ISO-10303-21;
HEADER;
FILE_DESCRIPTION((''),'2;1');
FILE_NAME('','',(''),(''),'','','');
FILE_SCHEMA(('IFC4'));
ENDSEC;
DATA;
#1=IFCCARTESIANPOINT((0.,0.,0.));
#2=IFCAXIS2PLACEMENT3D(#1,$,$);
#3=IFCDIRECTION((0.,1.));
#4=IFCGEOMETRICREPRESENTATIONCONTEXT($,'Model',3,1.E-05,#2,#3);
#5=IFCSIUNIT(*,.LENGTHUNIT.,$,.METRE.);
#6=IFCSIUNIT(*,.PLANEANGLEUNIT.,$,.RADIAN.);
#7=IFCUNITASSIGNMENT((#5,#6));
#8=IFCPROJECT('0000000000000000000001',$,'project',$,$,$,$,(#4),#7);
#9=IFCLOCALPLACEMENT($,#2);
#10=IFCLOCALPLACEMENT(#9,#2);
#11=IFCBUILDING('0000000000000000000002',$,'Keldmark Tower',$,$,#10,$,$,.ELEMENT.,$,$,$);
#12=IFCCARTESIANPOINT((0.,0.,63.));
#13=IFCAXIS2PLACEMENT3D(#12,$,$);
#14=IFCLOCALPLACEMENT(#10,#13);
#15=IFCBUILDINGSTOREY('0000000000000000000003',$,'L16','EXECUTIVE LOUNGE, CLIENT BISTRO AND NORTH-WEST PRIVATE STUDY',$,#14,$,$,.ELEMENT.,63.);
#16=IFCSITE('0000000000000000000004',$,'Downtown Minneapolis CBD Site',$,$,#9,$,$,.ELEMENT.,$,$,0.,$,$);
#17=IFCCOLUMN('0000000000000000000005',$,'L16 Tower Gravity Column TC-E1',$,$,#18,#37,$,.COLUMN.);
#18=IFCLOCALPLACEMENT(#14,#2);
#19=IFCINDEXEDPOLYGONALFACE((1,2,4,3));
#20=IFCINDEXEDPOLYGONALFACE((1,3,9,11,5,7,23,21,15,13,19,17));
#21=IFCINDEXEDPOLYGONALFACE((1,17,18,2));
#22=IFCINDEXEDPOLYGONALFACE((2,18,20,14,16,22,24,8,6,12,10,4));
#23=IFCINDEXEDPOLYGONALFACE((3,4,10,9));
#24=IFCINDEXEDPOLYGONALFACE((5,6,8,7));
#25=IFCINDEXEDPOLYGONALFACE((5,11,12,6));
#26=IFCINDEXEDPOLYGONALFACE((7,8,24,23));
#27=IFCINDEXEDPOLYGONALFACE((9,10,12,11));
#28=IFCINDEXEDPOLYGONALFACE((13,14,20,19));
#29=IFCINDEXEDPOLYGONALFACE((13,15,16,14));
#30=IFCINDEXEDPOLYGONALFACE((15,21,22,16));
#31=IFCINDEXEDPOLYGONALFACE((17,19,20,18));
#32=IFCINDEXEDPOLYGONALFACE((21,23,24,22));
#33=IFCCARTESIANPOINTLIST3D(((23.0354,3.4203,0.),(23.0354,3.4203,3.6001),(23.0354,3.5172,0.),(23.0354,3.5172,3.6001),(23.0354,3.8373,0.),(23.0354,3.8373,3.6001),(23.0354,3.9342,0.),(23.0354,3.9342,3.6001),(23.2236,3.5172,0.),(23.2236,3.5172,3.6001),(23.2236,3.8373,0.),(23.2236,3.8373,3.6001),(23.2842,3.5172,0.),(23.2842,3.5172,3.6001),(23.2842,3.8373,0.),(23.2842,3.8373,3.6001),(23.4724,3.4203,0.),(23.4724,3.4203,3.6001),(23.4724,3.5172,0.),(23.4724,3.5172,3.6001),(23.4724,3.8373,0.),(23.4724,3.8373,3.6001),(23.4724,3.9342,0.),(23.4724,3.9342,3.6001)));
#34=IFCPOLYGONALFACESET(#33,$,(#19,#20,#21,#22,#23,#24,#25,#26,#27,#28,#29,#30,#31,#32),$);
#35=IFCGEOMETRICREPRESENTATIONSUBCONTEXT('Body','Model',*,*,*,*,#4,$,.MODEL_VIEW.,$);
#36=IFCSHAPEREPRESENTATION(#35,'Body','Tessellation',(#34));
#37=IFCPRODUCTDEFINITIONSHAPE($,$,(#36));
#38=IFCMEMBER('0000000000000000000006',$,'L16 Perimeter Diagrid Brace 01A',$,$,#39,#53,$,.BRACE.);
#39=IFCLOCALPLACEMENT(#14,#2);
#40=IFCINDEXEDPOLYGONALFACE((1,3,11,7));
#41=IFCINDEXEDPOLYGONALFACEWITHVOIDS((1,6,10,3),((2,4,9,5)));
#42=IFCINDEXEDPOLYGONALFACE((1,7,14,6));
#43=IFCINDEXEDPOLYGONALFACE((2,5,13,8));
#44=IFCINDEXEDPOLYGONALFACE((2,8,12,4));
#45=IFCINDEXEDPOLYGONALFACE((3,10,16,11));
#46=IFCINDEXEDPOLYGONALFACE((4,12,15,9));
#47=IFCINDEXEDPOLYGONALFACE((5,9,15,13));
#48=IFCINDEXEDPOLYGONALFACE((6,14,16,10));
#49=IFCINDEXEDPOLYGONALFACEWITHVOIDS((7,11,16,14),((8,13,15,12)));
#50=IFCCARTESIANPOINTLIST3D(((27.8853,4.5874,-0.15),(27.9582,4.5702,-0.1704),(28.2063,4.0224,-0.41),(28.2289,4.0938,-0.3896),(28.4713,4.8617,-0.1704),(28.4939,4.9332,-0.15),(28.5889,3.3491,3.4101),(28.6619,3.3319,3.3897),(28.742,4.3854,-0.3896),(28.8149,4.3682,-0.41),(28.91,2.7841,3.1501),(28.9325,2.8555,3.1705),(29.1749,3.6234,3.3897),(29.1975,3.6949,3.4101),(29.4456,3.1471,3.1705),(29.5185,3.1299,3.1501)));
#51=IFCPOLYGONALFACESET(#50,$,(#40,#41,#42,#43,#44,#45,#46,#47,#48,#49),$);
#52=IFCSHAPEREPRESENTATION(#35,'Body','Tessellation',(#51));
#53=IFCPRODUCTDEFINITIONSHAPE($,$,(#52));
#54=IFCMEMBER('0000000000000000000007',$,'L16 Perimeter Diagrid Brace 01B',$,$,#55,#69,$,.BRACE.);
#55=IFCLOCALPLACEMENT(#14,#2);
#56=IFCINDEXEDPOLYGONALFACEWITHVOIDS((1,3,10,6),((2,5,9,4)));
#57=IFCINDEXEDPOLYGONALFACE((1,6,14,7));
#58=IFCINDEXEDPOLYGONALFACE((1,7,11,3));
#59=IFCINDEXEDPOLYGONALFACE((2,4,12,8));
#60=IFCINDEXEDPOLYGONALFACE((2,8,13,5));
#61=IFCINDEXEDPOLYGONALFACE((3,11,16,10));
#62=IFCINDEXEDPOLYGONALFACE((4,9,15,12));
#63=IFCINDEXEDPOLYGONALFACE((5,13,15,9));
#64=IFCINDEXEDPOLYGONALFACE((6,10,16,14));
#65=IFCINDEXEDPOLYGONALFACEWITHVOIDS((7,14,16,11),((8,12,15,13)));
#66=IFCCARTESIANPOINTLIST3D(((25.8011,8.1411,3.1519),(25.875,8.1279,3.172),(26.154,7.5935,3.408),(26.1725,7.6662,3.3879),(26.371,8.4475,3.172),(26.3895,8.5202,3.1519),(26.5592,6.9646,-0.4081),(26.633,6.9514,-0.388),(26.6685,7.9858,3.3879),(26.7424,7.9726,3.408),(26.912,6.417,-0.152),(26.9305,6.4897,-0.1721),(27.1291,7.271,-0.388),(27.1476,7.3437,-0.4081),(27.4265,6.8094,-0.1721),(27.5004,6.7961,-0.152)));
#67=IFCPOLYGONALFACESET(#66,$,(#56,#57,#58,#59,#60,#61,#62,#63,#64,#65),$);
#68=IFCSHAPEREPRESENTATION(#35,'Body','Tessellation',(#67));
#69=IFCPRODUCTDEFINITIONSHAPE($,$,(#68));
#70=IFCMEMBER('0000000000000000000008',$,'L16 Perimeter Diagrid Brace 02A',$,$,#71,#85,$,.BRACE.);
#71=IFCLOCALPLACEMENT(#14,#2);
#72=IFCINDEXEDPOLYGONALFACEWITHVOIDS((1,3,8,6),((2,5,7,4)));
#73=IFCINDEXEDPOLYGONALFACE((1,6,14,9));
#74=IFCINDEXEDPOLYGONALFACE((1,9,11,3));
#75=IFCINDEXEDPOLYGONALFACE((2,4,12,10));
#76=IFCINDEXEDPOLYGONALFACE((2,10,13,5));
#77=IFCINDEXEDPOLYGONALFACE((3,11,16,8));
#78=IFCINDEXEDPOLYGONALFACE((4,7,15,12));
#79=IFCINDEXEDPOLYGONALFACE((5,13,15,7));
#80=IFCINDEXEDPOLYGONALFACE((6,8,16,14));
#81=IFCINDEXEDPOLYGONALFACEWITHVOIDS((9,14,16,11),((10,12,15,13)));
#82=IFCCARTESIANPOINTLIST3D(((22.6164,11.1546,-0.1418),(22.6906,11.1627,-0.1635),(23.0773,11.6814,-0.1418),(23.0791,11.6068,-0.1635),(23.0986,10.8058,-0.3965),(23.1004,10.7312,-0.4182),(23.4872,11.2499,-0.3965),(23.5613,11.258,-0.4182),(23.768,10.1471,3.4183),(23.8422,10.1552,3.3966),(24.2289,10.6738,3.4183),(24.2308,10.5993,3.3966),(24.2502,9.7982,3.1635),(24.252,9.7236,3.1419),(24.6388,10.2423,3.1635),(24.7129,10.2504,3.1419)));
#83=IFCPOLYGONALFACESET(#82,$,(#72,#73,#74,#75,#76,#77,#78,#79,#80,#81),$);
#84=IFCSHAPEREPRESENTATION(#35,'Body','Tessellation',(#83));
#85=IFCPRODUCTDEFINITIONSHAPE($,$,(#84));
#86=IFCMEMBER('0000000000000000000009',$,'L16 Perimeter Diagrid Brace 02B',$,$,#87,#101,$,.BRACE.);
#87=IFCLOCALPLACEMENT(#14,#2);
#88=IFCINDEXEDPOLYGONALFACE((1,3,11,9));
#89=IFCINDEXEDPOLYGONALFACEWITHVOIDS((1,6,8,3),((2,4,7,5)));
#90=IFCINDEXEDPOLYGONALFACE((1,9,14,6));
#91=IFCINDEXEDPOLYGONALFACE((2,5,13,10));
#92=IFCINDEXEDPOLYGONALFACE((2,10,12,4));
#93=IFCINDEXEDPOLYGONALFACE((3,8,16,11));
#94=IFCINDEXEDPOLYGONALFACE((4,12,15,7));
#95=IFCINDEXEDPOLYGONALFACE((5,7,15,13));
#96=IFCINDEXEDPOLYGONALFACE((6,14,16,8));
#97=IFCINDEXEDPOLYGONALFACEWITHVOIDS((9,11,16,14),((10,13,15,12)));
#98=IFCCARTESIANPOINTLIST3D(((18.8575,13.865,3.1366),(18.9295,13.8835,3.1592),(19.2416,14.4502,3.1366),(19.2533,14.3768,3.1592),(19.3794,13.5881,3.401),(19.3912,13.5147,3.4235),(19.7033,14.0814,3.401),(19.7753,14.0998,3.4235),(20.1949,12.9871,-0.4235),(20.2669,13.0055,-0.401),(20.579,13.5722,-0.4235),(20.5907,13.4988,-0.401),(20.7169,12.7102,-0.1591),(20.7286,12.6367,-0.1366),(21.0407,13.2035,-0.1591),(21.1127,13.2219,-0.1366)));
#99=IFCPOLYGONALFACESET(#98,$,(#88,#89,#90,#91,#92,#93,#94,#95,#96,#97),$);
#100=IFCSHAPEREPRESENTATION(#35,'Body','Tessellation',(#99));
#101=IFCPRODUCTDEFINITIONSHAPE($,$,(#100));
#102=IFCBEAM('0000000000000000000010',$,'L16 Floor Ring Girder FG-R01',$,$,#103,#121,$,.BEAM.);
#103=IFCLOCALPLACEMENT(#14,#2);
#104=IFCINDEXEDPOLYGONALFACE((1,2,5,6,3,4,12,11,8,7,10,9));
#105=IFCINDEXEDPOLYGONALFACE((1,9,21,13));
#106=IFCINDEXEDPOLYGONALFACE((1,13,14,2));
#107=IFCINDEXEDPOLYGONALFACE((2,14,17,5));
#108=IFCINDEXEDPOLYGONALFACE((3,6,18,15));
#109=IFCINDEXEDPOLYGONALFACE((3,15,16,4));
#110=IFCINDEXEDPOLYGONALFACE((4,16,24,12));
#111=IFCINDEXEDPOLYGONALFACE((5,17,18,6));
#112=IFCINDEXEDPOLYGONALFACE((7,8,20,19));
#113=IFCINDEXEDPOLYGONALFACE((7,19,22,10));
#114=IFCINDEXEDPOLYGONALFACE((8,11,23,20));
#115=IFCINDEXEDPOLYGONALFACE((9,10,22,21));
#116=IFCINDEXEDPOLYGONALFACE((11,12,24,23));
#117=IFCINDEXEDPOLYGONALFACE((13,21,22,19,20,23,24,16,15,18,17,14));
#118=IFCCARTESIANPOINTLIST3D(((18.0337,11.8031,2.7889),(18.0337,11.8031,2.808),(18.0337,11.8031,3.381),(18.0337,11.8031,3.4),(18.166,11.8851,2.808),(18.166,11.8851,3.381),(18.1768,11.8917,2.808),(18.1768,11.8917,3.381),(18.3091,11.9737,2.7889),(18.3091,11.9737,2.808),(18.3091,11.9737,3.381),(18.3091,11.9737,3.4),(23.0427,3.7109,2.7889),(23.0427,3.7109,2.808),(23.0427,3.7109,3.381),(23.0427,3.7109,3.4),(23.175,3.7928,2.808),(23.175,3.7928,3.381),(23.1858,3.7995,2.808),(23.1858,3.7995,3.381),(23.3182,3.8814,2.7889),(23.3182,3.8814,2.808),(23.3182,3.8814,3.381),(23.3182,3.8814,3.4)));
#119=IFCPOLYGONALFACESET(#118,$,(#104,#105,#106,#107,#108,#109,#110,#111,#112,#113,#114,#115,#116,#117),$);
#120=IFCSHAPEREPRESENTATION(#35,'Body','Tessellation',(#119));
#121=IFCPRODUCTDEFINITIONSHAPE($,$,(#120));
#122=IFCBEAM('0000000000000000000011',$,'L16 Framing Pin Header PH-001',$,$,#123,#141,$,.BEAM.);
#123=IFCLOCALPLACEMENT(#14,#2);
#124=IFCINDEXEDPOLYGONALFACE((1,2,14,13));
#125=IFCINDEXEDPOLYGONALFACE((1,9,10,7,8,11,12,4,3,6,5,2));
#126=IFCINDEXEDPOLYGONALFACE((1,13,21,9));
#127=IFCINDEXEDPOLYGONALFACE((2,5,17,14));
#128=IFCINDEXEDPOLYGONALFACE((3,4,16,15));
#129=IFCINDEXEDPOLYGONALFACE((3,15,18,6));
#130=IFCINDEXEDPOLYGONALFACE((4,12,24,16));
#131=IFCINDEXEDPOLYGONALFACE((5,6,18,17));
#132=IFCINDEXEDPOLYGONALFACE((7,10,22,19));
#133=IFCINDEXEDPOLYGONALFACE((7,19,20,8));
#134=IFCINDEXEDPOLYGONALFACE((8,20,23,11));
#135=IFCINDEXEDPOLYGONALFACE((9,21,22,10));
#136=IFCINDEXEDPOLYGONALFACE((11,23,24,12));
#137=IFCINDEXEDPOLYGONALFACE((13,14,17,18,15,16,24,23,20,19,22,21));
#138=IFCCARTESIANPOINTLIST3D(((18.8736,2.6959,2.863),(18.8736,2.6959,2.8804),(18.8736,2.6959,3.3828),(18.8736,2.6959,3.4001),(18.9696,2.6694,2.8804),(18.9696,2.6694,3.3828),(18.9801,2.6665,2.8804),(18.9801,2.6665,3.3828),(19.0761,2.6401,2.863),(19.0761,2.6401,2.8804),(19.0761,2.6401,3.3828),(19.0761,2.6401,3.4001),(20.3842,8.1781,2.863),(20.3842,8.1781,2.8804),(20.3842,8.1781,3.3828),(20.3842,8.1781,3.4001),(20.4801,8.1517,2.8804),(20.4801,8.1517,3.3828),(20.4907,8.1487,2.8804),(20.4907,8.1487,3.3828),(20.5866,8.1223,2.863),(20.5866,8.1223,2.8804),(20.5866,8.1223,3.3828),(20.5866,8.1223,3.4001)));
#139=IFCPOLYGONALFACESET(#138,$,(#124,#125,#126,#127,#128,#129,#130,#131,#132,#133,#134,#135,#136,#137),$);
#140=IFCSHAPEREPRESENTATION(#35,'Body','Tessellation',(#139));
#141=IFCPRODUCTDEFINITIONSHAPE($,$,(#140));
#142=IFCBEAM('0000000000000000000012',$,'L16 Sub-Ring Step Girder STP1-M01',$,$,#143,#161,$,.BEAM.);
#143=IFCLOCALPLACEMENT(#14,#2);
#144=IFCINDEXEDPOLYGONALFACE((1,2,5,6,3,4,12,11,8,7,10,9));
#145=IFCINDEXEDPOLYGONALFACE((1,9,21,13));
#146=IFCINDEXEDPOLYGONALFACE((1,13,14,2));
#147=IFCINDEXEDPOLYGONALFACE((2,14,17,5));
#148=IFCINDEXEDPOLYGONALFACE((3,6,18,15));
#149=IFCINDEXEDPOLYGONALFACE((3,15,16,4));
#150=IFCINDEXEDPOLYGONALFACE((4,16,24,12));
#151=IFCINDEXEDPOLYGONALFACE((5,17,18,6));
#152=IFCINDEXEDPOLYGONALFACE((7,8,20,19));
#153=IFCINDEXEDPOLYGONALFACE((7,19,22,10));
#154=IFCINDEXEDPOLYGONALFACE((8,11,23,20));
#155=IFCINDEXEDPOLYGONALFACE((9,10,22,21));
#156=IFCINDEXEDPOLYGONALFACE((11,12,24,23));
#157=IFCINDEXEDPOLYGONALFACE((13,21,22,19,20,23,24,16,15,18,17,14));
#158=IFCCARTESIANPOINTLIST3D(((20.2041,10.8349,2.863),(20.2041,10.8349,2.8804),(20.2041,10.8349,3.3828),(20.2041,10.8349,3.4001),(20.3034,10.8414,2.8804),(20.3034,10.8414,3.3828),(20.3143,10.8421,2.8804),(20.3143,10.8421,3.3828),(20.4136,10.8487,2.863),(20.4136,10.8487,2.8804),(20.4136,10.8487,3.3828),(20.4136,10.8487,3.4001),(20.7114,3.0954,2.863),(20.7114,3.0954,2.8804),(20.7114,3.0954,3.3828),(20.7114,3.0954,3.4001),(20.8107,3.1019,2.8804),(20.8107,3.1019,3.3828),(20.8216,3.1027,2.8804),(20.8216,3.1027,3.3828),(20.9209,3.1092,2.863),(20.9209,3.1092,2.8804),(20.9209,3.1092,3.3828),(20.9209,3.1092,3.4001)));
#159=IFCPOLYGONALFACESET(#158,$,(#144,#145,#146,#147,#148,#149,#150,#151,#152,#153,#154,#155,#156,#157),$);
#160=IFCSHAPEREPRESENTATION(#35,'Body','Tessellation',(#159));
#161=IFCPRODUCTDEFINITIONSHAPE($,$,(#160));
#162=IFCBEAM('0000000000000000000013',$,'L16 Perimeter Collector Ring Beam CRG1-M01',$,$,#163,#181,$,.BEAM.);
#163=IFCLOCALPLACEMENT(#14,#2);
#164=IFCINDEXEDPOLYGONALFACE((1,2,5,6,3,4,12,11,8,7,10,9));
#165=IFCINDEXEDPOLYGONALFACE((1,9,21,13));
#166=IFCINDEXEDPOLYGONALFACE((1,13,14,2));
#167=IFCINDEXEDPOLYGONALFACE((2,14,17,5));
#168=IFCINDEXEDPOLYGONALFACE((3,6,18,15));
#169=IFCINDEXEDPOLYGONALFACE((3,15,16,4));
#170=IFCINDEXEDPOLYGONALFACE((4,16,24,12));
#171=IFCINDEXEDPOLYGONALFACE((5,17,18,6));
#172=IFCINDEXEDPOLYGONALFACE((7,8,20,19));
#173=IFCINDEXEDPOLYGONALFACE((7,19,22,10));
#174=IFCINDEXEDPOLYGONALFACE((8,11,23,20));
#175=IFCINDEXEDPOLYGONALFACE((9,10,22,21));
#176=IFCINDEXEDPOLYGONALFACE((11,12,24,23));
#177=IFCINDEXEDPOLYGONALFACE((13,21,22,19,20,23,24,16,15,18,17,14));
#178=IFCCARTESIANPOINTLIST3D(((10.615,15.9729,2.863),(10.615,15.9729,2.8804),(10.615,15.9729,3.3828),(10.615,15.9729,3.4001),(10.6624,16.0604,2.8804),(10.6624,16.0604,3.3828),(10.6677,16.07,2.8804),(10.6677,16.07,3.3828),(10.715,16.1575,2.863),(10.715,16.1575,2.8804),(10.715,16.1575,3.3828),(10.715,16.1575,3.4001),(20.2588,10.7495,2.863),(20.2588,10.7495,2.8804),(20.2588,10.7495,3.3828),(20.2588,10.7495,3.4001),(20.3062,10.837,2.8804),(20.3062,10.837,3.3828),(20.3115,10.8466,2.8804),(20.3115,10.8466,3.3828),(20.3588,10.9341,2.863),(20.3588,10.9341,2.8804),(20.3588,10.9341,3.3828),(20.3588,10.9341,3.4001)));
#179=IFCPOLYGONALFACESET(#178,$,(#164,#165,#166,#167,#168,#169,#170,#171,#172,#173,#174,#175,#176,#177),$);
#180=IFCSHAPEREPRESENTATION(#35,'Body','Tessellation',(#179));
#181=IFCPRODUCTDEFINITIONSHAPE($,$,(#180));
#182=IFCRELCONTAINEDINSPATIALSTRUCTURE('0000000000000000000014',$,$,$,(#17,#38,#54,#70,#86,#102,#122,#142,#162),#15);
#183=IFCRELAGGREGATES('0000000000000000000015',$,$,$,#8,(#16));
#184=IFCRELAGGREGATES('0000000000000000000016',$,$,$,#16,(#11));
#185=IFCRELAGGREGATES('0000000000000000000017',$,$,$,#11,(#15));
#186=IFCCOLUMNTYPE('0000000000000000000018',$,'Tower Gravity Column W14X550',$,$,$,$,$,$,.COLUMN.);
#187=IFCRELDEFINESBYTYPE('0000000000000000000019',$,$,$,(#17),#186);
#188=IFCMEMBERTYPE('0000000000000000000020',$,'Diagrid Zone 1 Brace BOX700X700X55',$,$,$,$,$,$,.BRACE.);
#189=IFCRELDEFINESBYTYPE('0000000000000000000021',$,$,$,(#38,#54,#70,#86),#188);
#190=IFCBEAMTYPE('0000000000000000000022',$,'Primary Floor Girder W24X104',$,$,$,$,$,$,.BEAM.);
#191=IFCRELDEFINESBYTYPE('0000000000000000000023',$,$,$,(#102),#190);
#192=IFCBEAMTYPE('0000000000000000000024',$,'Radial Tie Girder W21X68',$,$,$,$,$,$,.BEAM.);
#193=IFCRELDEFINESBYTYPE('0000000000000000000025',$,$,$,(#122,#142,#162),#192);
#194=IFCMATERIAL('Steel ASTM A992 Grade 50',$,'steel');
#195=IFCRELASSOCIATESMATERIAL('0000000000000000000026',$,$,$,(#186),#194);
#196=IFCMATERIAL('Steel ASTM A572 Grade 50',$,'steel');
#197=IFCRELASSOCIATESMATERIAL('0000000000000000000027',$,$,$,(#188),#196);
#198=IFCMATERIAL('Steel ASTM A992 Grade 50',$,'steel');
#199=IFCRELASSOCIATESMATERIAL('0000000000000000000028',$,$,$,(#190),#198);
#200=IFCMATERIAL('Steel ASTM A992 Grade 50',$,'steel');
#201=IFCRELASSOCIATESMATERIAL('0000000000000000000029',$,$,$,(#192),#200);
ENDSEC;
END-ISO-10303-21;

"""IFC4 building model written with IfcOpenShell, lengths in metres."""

from ifc_helpers import new_model, si_unit, direction, frame, origin, origin_2d, place, context, subcontext, project, spatial, hollow_rectangle, i_section, extrude, material, material_profile, profile_set, type_object, element, save


model = new_model("IFC4")

# Units and contexts
model_context = context("Model", 3, precision=1e-05, world=origin(), true_north=direction((0.0, 1.0)))
body_context = subcontext(model_context, "Body", "Model", "MODEL_VIEW")
ifc_project = project(units=[si_unit("LENGTHUNIT", "METRE"), si_unit("PLANEANGLEUNIT", "RADIAN")], contexts=[model_context])

# Site, building, storey
site_placement = place(None, origin())
site = spatial("IfcSite", under=ifc_project, at=site_placement, Name="Downtown Minneapolis CBD Site", CompositionType="ELEMENT", RefElevation=0.0)
building_placement = place(site_placement, origin())
building = spatial("IfcBuilding", under=site, at=building_placement, Name="Keldmark Tower", CompositionType="ELEMENT")
storey_placement = place(building_placement, frame((0.0, 0.0, 63.0)))
storey = spatial("IfcBuildingStorey", under=building, at=storey_placement, Name="L16", Description="EXECUTIVE LOUNGE, CLIENT BISTRO AND NORTH-WEST PRIVATE STUDY", CompositionType="ELEMENT", Elevation=63.0)

# Column
ifc_material_1 = material(Name="Steel ASTM A992 Grade 50", Category="steel")
ifc_material_profile_1 = material_profile(ifc_material_1, i_section(OverallWidth=0.437, OverallDepth=0.5139, WebThickness=0.0605, FlangeThickness=0.0969, at=origin_2d()), Name="W14X550")
ifc_profile_set_1 = profile_set([ifc_material_profile_1], Name="Steel ASTM A992 Grade 50")
column_type = type_object("IfcColumnType", Name="Tower Gravity Column W14X550", PredefinedType="COLUMN", material=ifc_profile_set_1)
column_placement = place(storey_placement, frame((23.2539, 3.6772, 0.0), z_axis=(0.0, 0.0, 1.0), x_axis=(1.0, 0.0, 0.0)))
element("IfcColumn", 1, at=column_placement, inside=storey, type_object=column_type, Name="L16 Tower Gravity Column TC-E1", PredefinedType="COLUMN", context=body_context, shape_type="SweptSolid", body=[
    extrude(i_section(OverallWidth=0.437, OverallDepth=0.5139, WebThickness=0.0605, FlangeThickness=0.0969, at=origin_2d()), origin(), (0.0, 0.0, 1.0), 3.6001),
])

# Members
ifc_material_2 = material(Name="Steel ASTM A572 Grade 50", Category="steel")
ifc_material_profile_2 = material_profile(ifc_material_2, hollow_rectangle(XDim=0.7, YDim=0.7, WallThickness=0.0549, at=origin_2d()), Name="BOX700X700X55")
ifc_profile_set_2 = profile_set([ifc_material_profile_2], Name="Steel ASTM A572 Grade 50")
member_type = type_object("IfcMemberType", Name="Diagrid Zone 1 Brace BOX700X700X55", PredefinedType="BRACE", material=ifc_profile_set_2)
member_1_placement = place(storey_placement, frame((28.3501, 4.4778, -0.28), z_axis=(0.183501, -0.322942, 0.928459), x_axis=(0.869443, 0.494033, 0.0)))
element("IfcMember", 2, at=member_1_placement, inside=storey, type_object=member_type, Name="L16 Perimeter Diagrid Brace 01A", PredefinedType="BRACE", context=body_context, shape_type="SweptSolid", body=[
    extrude(hollow_rectangle(XDim=0.7, YDim=0.7, WallThickness=0.0549, at=origin_2d()), origin(), (0.0, 0.0, 1.0), 3.8345),
])
member_2_placement = place(storey_placement, frame((27.0298, 6.8804, -0.28), z_axis=(-0.19817, 0.307562, 0.930663), x_axis=(-0.840617, -0.54163, 0.0)))
element("IfcMember", 3, at=member_2_placement, inside=storey, type_object=member_type, Name="L16 Perimeter Diagrid Brace 01B", PredefinedType="BRACE", context=body_context, shape_type="SweptSolid", body=[
    extrude(hollow_rectangle(XDim=0.7, YDim=0.7, WallThickness=0.0549, at=origin_2d()), origin(), (0.0, 0.0, 1.0), 3.8252),
])
member_3_placement = place(storey_placement, frame((23.0889, 11.2063, -0.28), z_axis=(0.297192, -0.260019, 0.918731), x_axis=(0.658471, 0.752606, 0.0)))
element("IfcMember", 4, at=member_3_placement, inside=storey, type_object=member_type, Name="L16 Perimeter Diagrid Brace 02A", PredefinedType="BRACE", context=body_context, shape_type="SweptSolid", body=[
    extrude(hollow_rectangle(XDim=0.7, YDim=0.7, WallThickness=0.0549, at=origin_2d()), origin(), (0.0, 0.0, 1.0), 3.875),
])
member_4_placement = place(storey_placement, frame((20.6538, 13.1045, -0.28), z_axis=(-0.34266, 0.224937, 0.912133), x_axis=(-0.54877, -0.835974, 0.0)))
element("IfcMember", 5, at=member_4_placement, inside=storey, type_object=member_type, Name="L16 Perimeter Diagrid Brace 02B", PredefinedType="BRACE", context=body_context, shape_type="SweptSolid", body=[
    extrude(hollow_rectangle(XDim=0.7, YDim=0.7, WallThickness=0.0549, at=origin_2d()), origin(), (0.0, 0.0, 1.0), 3.9031),
])

# Beams
ifc_material_3 = material(Name="Steel ASTM A992 Grade 50", Category="steel")
ifc_material_profile_3 = material_profile(ifc_material_3, i_section(OverallWidth=0.324, OverallDepth=0.6111, WebThickness=0.0127, FlangeThickness=0.019, at=origin_2d()), Name="W24X104")
ifc_profile_set_3 = profile_set([ifc_material_profile_3], Name="Steel ASTM A992 Grade 50")
beam_type_1 = type_object("IfcBeamType", Name="Primary Floor Girder W24X104", PredefinedType="BEAM", material=ifc_profile_set_3)
beam_1_placement = place(storey_placement, frame((23.1804, 3.7961, 3.0945), z_axis=(-0.526318, 0.850288, 0.0), x_axis=(-0.850288, -0.526318, 0.0)))
element("IfcBeam", 6, at=beam_1_placement, inside=storey, type_object=beam_type_1, Name="L16 Floor Ring Girder FG-R01", PredefinedType="BEAM", context=body_context, shape_type="SweptSolid", body=[
    extrude(i_section(OverallWidth=0.324, OverallDepth=0.6111, WebThickness=0.0127, FlangeThickness=0.019, at=origin_2d()), origin(), (0.0, 0.0, 1.0), 9.5171),
])
ifc_material_4 = material(Name="Steel ASTM A992 Grade 50", Category="steel")
ifc_material_profile_4 = material_profile(ifc_material_4, i_section(OverallWidth=0.21, OverallDepth=0.5371, WebThickness=0.011, FlangeThickness=0.0173, at=origin_2d()), Name="W21X68")
ifc_profile_set_4 = profile_set([ifc_material_profile_4], Name="Steel ASTM A992 Grade 50")
beam_type_2 = type_object("IfcBeamType", Name="Radial Tie Girder W21X68", PredefinedType="BEAM", material=ifc_profile_set_4)
beam_2_placement = place(storey_placement, frame((18.9749, 2.668, 3.1316), z_axis=(0.26563, 0.964075, 0.0), x_axis=(-0.964075, 0.26563, 0.0)))
element("IfcBeam", 7, at=beam_2_placement, inside=storey, type_object=beam_type_2, Name="L16 Framing Pin Header PH-001", PredefinedType="BEAM", context=body_context, shape_type="SweptSolid", body=[
    extrude(i_section(OverallWidth=0.21, OverallDepth=0.5371, WebThickness=0.011, FlangeThickness=0.0173, at=origin_2d()), origin(), (0.0, 0.0, 1.0), 5.6865),
])
beam_3_placement = place(storey_placement, frame((20.8162, 3.1023, 3.1316), z_axis=(-0.06541, 0.997858, 0.0), x_axis=(-0.997858, -0.06541, 0.0)))
element("IfcBeam", 8, at=beam_3_placement, inside=storey, type_object=beam_type_2, Name="L16 Sub-Ring Step Girder STP1-M01", PredefinedType="BEAM", context=body_context, shape_type="SweptSolid", body=[
    extrude(i_section(OverallWidth=0.21, OverallDepth=0.5371, WebThickness=0.011, FlangeThickness=0.0173, at=origin_2d()), origin(), (0.0, 0.0, 1.0), 7.7561),
])
beam_4_placement = place(storey_placement, frame((20.3088, 10.8418, 3.1316), z_axis=(-0.879305, 0.476259, 0.0), x_axis=(-0.476259, -0.879305, 0.0)))
element("IfcBeam", 9, at=beam_4_placement, inside=storey, type_object=beam_type_2, Name="L16 Perimeter Collector Ring Beam CRG1-M01", PredefinedType="BEAM", context=body_context, shape_type="SweptSolid", body=[
    extrude(i_section(OverallWidth=0.21, OverallDepth=0.5371, WebThickness=0.011, FlangeThickness=0.0173, at=origin_2d()), origin(), (0.0, 0.0, 1.0), 10.9675),
])

save(model, "model.ifc")
